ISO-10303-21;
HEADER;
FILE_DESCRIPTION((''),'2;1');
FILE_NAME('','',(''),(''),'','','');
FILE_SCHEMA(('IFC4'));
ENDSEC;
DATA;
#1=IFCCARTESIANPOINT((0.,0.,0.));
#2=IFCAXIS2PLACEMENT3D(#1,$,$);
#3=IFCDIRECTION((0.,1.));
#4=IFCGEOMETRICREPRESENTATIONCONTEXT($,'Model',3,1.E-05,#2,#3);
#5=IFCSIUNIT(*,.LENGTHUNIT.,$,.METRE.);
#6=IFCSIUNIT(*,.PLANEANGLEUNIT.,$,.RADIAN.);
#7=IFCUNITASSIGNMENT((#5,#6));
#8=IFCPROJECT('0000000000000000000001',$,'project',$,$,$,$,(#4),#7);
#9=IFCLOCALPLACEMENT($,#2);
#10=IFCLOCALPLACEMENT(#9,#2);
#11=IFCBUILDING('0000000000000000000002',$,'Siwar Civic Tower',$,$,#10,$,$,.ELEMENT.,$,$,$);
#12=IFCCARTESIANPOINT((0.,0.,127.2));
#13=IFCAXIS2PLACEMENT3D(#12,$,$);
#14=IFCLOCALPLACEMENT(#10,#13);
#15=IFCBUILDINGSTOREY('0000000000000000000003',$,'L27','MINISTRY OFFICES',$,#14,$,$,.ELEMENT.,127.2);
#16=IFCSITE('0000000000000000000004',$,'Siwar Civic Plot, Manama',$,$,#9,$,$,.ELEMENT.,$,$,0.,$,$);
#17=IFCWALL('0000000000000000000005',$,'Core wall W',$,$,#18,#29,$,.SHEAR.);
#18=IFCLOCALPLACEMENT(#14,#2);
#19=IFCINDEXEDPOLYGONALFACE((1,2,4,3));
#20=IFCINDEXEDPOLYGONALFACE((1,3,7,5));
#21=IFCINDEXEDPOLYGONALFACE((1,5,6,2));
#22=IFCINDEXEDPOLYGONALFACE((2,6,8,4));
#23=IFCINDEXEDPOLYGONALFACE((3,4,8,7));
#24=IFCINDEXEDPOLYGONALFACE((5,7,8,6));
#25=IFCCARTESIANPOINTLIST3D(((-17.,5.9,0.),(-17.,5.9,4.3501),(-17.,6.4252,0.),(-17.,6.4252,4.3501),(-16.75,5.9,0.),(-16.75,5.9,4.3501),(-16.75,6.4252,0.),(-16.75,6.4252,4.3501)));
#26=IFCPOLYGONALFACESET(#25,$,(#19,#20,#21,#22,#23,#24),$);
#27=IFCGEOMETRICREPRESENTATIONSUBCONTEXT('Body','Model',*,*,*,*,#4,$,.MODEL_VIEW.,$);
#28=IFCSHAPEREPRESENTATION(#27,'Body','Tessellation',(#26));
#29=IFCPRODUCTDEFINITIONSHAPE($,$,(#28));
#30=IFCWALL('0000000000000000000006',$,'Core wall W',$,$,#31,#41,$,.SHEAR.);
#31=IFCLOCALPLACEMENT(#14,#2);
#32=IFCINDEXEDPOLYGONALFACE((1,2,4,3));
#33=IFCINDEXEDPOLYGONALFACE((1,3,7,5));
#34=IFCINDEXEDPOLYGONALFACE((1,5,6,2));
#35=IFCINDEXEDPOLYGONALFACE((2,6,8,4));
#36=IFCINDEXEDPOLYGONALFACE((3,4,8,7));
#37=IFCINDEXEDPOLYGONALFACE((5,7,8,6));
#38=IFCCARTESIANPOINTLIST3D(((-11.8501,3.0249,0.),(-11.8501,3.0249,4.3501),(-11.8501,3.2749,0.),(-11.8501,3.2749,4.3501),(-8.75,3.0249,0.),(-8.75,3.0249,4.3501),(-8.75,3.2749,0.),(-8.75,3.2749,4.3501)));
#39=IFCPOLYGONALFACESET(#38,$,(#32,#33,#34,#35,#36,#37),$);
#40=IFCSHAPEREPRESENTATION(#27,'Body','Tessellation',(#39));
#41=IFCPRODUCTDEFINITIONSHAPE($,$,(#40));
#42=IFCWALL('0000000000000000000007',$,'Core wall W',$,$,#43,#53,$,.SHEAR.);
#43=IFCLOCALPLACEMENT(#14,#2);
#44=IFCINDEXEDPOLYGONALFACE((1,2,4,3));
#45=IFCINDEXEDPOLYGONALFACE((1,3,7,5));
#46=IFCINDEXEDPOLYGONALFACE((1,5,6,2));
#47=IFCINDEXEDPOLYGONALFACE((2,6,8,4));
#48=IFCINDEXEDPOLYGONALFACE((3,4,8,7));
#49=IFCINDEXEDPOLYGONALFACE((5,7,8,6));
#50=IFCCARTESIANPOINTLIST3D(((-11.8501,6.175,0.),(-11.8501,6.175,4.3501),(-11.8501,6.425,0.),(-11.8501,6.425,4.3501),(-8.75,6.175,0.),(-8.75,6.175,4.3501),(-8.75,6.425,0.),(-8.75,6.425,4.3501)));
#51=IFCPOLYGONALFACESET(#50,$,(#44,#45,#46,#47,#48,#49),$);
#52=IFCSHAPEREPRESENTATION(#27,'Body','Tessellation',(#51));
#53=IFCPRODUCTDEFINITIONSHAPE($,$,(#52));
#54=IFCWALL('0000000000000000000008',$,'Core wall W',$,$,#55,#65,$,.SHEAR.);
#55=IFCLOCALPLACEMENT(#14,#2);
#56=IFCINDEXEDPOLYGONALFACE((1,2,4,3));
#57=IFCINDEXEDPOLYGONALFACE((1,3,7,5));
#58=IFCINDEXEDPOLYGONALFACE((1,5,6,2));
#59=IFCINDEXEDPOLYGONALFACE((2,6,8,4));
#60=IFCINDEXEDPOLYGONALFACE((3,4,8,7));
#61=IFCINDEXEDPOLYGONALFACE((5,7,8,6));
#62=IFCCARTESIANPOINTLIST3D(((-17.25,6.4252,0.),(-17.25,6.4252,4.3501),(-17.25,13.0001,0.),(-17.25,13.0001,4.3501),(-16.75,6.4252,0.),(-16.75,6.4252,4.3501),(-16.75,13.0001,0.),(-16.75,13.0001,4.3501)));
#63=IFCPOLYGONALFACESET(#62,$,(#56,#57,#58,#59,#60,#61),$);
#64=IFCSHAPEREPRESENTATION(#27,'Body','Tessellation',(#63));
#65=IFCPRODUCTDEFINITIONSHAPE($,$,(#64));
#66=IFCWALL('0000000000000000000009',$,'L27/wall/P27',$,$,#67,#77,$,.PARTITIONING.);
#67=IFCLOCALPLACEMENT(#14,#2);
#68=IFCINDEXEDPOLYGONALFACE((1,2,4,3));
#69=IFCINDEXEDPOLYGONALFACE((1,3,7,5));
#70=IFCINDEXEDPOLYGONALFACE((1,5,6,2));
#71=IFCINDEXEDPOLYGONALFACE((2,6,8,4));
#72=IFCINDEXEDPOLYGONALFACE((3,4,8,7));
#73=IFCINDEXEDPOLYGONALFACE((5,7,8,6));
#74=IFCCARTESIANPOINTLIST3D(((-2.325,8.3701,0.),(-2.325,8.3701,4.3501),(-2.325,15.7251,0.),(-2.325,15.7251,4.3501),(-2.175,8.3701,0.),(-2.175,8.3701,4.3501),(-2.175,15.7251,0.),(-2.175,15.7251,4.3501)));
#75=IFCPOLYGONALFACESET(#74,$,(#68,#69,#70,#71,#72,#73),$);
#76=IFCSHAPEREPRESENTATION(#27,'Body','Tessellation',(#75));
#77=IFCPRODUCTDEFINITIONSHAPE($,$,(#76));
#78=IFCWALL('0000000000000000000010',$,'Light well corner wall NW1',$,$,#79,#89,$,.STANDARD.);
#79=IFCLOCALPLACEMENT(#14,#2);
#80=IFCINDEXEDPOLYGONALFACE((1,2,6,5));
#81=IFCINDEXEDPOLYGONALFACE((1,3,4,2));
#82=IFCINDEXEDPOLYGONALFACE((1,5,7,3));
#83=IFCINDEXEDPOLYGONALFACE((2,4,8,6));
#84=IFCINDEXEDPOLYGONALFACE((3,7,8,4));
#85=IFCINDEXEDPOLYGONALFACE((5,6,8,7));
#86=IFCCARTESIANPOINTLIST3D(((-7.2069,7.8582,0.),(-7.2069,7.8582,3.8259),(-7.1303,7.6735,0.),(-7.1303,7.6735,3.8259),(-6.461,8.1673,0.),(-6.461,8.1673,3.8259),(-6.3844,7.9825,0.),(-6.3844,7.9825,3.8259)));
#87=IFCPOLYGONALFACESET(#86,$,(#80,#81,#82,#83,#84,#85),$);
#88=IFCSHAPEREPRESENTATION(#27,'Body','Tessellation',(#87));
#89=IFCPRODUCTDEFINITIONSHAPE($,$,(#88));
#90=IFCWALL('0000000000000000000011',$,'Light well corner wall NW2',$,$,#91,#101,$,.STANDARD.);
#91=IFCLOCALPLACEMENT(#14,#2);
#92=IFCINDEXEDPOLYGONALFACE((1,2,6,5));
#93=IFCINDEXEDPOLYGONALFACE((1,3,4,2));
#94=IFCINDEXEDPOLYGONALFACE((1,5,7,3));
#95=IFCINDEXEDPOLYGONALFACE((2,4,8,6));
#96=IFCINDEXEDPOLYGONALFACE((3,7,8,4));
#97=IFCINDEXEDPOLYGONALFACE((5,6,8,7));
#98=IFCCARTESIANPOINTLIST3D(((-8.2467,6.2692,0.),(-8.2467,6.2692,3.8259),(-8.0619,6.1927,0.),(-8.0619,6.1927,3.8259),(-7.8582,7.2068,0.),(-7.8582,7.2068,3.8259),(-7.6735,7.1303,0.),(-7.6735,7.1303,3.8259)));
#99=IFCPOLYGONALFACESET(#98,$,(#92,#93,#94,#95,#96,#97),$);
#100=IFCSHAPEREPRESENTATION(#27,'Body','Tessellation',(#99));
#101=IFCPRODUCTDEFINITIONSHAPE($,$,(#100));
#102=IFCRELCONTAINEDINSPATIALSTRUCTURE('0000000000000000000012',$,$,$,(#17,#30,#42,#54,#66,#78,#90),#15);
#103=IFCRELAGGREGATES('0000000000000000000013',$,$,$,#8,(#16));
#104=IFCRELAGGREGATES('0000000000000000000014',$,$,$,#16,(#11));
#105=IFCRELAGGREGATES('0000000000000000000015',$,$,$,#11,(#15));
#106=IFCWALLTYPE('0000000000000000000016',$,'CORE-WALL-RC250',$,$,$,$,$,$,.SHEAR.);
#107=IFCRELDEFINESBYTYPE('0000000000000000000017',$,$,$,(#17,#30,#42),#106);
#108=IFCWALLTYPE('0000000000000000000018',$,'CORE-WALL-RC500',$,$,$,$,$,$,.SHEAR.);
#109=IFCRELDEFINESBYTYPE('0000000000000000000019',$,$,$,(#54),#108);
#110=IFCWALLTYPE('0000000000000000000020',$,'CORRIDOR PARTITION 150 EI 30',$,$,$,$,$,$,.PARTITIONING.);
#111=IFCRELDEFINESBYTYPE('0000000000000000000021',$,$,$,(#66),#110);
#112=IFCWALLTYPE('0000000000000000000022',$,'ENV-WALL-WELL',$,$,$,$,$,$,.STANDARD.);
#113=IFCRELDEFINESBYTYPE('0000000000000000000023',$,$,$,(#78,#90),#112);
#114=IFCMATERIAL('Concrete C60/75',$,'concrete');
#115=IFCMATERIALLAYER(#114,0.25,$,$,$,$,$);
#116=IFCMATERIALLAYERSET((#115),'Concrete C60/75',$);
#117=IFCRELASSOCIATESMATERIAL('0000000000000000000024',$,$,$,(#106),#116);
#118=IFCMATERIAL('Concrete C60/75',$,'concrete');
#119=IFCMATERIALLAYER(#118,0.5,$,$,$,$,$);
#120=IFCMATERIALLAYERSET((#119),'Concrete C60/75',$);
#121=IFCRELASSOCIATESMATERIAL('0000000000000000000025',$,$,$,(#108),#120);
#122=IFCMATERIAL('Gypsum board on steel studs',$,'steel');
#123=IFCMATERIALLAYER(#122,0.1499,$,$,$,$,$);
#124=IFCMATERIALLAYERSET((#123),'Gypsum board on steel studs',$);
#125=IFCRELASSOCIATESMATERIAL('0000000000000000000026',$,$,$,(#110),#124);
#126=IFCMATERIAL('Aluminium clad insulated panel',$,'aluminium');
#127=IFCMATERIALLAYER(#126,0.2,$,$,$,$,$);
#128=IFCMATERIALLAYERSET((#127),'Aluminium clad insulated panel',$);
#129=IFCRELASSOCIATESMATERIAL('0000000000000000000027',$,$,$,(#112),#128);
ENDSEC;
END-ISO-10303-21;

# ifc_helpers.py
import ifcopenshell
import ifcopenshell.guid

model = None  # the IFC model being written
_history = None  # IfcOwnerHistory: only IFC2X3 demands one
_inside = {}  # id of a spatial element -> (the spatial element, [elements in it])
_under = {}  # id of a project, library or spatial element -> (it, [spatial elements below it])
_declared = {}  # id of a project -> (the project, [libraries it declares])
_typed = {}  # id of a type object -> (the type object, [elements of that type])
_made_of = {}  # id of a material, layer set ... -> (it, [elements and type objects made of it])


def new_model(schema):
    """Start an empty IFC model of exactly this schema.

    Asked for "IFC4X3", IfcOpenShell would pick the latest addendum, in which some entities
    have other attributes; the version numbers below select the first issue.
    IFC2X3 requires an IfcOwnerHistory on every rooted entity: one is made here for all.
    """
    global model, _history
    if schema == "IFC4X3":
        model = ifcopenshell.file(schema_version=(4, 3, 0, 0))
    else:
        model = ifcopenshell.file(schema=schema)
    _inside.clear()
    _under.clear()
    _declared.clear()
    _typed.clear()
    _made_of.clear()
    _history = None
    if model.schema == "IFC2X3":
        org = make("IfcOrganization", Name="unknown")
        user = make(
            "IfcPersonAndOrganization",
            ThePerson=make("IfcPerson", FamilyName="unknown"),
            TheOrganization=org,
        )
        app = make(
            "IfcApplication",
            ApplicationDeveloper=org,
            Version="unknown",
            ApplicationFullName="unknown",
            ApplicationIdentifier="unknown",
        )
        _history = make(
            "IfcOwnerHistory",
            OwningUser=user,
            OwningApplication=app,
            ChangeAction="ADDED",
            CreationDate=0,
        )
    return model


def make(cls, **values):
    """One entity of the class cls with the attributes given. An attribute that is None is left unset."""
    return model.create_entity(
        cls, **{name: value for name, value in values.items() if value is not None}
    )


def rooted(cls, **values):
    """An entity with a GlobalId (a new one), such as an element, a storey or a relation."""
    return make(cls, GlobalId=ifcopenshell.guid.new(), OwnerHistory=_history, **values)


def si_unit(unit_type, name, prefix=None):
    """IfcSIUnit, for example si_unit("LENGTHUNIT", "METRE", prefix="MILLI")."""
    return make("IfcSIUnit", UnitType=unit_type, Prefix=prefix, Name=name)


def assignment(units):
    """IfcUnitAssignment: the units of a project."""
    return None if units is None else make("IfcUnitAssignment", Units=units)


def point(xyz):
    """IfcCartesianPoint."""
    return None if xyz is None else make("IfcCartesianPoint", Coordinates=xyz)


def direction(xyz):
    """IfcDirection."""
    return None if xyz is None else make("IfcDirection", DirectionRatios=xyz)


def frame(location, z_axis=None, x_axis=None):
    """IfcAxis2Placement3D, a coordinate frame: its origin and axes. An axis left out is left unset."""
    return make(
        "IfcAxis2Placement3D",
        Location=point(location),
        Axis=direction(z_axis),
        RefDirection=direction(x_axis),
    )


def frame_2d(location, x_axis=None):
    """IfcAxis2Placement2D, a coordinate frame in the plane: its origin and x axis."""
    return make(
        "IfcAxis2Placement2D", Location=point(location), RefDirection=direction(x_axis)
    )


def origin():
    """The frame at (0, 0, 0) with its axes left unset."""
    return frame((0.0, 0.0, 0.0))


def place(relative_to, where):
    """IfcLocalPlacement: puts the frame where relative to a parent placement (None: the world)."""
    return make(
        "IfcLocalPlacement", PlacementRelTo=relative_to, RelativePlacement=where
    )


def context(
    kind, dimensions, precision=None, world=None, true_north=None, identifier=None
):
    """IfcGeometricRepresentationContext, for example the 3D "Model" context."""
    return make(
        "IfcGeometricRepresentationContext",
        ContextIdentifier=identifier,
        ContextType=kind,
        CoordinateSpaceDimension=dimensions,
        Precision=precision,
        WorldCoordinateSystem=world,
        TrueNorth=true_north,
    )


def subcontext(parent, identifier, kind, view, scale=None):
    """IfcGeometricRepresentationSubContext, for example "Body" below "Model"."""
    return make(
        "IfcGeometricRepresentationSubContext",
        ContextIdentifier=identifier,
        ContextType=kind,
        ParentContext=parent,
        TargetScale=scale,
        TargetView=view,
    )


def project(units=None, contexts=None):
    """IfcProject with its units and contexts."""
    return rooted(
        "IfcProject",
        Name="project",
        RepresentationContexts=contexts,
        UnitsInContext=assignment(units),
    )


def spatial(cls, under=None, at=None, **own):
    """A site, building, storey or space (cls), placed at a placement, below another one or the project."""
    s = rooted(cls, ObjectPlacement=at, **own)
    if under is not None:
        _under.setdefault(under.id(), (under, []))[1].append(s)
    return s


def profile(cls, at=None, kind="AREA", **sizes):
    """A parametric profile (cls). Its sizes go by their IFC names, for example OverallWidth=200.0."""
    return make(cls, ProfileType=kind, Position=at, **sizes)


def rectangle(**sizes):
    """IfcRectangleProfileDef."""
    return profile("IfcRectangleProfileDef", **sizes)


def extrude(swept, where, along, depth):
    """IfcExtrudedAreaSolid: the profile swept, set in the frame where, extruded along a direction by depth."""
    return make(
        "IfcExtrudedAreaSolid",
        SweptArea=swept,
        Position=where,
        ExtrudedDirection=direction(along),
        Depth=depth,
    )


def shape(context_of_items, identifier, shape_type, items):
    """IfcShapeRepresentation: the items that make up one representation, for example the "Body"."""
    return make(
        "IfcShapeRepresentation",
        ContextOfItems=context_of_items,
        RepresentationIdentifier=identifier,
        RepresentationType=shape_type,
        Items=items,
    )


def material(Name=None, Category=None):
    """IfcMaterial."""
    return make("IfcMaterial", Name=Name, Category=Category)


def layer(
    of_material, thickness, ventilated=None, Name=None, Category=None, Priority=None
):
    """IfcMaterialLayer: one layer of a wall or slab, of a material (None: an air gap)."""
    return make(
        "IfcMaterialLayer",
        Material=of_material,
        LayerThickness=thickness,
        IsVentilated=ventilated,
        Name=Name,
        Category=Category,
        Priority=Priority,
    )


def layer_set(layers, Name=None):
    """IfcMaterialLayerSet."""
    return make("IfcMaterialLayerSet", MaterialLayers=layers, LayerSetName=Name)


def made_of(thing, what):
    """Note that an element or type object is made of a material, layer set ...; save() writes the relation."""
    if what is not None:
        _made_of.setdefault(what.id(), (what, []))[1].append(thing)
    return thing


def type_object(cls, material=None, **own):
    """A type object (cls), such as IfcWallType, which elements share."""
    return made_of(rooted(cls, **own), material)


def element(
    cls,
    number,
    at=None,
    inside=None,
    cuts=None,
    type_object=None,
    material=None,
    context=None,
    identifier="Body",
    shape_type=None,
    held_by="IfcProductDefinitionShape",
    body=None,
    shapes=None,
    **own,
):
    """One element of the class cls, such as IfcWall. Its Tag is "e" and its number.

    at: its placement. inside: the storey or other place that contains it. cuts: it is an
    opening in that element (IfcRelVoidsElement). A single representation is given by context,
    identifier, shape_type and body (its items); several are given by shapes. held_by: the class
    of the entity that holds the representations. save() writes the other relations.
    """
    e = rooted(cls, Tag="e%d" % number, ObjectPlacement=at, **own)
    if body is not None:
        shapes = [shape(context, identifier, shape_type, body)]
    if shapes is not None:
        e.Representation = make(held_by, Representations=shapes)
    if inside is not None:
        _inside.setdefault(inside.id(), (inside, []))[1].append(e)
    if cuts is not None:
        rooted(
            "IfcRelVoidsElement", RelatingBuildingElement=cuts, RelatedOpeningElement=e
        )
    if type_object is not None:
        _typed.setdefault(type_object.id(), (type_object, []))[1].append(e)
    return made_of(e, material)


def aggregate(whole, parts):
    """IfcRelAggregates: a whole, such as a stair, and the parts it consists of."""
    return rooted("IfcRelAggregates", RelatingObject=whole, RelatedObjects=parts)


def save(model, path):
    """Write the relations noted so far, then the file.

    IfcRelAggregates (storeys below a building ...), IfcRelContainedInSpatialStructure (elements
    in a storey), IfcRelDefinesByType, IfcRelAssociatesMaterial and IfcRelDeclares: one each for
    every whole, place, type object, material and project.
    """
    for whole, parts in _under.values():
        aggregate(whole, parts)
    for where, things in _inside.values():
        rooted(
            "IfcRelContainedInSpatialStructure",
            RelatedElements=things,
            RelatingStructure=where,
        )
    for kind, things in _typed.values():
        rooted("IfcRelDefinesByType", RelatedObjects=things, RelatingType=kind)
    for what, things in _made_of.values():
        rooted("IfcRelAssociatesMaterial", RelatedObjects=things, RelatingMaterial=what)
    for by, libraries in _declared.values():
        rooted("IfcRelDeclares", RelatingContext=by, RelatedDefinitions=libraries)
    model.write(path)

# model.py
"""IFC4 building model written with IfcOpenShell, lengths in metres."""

from ifc_helpers import new_model, si_unit, direction, frame, frame_2d, origin, place, context, subcontext, project, spatial, rectangle, extrude, material, layer, layer_set, type_object, element, save


model = new_model("IFC4")

# Units and contexts
model_context = context("Model", 3, precision=1e-05, world=origin(), true_north=direction((0.0, 1.0)))
body_context = subcontext(model_context, "Body", "Model", "MODEL_VIEW")
ifc_project = project(units=[si_unit("LENGTHUNIT", "METRE"), si_unit("PLANEANGLEUNIT", "RADIAN")], contexts=[model_context])

# Site, building, storey
site_placement = place(None, origin())
site = spatial("IfcSite", under=ifc_project, at=site_placement, Name="Siwar Civic Plot, Manama", CompositionType="ELEMENT", RefElevation=0.0)
building_placement = place(site_placement, origin())
building = spatial("IfcBuilding", under=site, at=building_placement, Name="Siwar Civic Tower", CompositionType="ELEMENT")
storey_placement = place(building_placement, frame((0.0, 0.0, 127.2)))
storey = spatial("IfcBuildingStorey", under=building, at=storey_placement, Name="L27", Description="MINISTRY OFFICES", CompositionType="ELEMENT", Elevation=127.2)

# Shared definitions
ifc_material_1 = material(Name="Concrete C60/75", Category="concrete")
ifc_layer_1 = layer(ifc_material_1, 0.25)
ifc_layer_set_1 = layer_set([ifc_layer_1], Name="Concrete C60/75")
wall_type_1 = type_object("IfcWallType", Name="CORE-WALL-RC250", PredefinedType="SHEAR", material=ifc_layer_set_1)

# Walls
wall_1_placement = place(storey_placement, frame((-16.875, 5.8999, 0.0), z_axis=(0.0, 0.0, 1.0), x_axis=(0.0, 1.0, 0.0)))
element("IfcWall", 1, at=wall_1_placement, inside=storey, type_object=wall_type_1, Name="Core wall W", PredefinedType="SHEAR", context=body_context, shape_type="SweptSolid", body=[
    extrude(rectangle(XDim=0.5251, YDim=0.25, at=frame_2d((0.2627, 0.0))), origin(), (0.0, 0.0, 1.0), 4.3501),
])
for number, where, z_axis, x_axis, name in (
    (2, (-8.75, 3.1499, 0.0), (0.0, 0.0, 1.0), (-1.0, 0.0, 0.0), "Core wall W"),
    (3, (-8.75, 6.3, 0.0), (0.0, 0.0, 1.0), (-1.0, 0.0, 0.0), "Core wall W"),
):
    element("IfcWall", number, at=place(storey_placement, frame(where, z_axis=z_axis, x_axis=x_axis)), inside=storey, type_object=wall_type_1, Name=name, PredefinedType="SHEAR", context=body_context, shape_type="SweptSolid", body=[
        extrude(rectangle(XDim=3.1001, YDim=0.25, at=frame_2d((1.55, 0.0))), origin(), (0.0, 0.0, 1.0), 4.3501),
    ])
ifc_material_2 = material(Name="Concrete C60/75", Category="concrete")
ifc_layer_2 = layer(ifc_material_2, 0.5)
ifc_layer_set_2 = layer_set([ifc_layer_2], Name="Concrete C60/75")
wall_type_2 = type_object("IfcWallType", Name="CORE-WALL-RC500", PredefinedType="SHEAR", material=ifc_layer_set_2)
wall_2_placement = place(storey_placement, frame((-17.0, 6.425, 0.0), z_axis=(0.0, 0.0, 1.0), x_axis=(0.0, 1.0, 0.0)))
element("IfcWall", 4, at=wall_2_placement, inside=storey, type_object=wall_type_2, Name="Core wall W", PredefinedType="SHEAR", context=body_context, shape_type="SweptSolid", body=[
    extrude(rectangle(XDim=6.575, YDim=0.5, at=frame_2d((3.2876, 0.0))), origin(), (0.0, 0.0, 1.0), 4.3501),
])
ifc_material_3 = material(Name="Gypsum board on steel studs", Category="steel")
ifc_layer_3 = layer(ifc_material_3, 0.1499)
ifc_layer_set_3 = layer_set([ifc_layer_3], Name="Gypsum board on steel studs")
wall_type_3 = type_object("IfcWallType", Name="CORRIDOR PARTITION 150 EI 30", PredefinedType="PARTITIONING", material=ifc_layer_set_3)
wall_3_placement = place(storey_placement, frame((-2.25, 8.3701, 0.0), z_axis=(0.0, 0.0, 1.0), x_axis=(0.0, 1.0, 0.0)))
element("IfcWall", 5, at=wall_3_placement, inside=storey, type_object=wall_type_3, Name="L27/wall/P27", PredefinedType="PARTITIONING", context=body_context, shape_type="SweptSolid", body=[
    extrude(rectangle(XDim=7.355, YDim=0.1499, at=frame_2d((3.6775, 0.0))), origin(), (0.0, 0.0, 1.0), 4.3501),
])
ifc_material_4 = material(Name="Aluminium clad insulated panel", Category="aluminium")
ifc_layer_4 = layer(ifc_material_4, 0.2)
ifc_layer_set_4 = layer_set([ifc_layer_4], Name="Aluminium clad insulated panel")
wall_type_4 = type_object("IfcWallType", Name="ENV-WALL-WELL", PredefinedType="STANDARD", material=ifc_layer_set_4)
wall_4_placement = place(storey_placement, frame((-6.4226, 8.075, 0.0), z_axis=(0.0, 0.0, 1.0), x_axis=(-0.923818, -0.382833, 0.0)))
element("IfcWall", 6, at=wall_4_placement, inside=storey, type_object=wall_type_4, Name="Light well corner wall NW1", PredefinedType="STANDARD", context=body_context, shape_type="SweptSolid", body=[
    extrude(rectangle(XDim=0.8074, YDim=0.2, at=frame_2d((0.4038, 0.0))), origin(), (0.0, 0.0, 1.0), 3.8259),
])
wall_5_placement = place(storey_placement, frame((-7.7659, 7.1685, 0.0), z_axis=(0.0, 0.0, 1.0), x_axis=(-0.38277, -0.923844, 0.0)))
element("IfcWall", 7, at=wall_5_placement, inside=storey, type_object=wall_type_4, Name="Light well corner wall NW2", PredefinedType="STANDARD", context=body_context, shape_type="SweptSolid", body=[
    extrude(rectangle(XDim=1.0149, YDim=0.2, at=frame_2d((0.5073, 0.0))), origin(), (0.0, 0.0, 1.0), 3.8259),
])

save(model, "model.ifc")
